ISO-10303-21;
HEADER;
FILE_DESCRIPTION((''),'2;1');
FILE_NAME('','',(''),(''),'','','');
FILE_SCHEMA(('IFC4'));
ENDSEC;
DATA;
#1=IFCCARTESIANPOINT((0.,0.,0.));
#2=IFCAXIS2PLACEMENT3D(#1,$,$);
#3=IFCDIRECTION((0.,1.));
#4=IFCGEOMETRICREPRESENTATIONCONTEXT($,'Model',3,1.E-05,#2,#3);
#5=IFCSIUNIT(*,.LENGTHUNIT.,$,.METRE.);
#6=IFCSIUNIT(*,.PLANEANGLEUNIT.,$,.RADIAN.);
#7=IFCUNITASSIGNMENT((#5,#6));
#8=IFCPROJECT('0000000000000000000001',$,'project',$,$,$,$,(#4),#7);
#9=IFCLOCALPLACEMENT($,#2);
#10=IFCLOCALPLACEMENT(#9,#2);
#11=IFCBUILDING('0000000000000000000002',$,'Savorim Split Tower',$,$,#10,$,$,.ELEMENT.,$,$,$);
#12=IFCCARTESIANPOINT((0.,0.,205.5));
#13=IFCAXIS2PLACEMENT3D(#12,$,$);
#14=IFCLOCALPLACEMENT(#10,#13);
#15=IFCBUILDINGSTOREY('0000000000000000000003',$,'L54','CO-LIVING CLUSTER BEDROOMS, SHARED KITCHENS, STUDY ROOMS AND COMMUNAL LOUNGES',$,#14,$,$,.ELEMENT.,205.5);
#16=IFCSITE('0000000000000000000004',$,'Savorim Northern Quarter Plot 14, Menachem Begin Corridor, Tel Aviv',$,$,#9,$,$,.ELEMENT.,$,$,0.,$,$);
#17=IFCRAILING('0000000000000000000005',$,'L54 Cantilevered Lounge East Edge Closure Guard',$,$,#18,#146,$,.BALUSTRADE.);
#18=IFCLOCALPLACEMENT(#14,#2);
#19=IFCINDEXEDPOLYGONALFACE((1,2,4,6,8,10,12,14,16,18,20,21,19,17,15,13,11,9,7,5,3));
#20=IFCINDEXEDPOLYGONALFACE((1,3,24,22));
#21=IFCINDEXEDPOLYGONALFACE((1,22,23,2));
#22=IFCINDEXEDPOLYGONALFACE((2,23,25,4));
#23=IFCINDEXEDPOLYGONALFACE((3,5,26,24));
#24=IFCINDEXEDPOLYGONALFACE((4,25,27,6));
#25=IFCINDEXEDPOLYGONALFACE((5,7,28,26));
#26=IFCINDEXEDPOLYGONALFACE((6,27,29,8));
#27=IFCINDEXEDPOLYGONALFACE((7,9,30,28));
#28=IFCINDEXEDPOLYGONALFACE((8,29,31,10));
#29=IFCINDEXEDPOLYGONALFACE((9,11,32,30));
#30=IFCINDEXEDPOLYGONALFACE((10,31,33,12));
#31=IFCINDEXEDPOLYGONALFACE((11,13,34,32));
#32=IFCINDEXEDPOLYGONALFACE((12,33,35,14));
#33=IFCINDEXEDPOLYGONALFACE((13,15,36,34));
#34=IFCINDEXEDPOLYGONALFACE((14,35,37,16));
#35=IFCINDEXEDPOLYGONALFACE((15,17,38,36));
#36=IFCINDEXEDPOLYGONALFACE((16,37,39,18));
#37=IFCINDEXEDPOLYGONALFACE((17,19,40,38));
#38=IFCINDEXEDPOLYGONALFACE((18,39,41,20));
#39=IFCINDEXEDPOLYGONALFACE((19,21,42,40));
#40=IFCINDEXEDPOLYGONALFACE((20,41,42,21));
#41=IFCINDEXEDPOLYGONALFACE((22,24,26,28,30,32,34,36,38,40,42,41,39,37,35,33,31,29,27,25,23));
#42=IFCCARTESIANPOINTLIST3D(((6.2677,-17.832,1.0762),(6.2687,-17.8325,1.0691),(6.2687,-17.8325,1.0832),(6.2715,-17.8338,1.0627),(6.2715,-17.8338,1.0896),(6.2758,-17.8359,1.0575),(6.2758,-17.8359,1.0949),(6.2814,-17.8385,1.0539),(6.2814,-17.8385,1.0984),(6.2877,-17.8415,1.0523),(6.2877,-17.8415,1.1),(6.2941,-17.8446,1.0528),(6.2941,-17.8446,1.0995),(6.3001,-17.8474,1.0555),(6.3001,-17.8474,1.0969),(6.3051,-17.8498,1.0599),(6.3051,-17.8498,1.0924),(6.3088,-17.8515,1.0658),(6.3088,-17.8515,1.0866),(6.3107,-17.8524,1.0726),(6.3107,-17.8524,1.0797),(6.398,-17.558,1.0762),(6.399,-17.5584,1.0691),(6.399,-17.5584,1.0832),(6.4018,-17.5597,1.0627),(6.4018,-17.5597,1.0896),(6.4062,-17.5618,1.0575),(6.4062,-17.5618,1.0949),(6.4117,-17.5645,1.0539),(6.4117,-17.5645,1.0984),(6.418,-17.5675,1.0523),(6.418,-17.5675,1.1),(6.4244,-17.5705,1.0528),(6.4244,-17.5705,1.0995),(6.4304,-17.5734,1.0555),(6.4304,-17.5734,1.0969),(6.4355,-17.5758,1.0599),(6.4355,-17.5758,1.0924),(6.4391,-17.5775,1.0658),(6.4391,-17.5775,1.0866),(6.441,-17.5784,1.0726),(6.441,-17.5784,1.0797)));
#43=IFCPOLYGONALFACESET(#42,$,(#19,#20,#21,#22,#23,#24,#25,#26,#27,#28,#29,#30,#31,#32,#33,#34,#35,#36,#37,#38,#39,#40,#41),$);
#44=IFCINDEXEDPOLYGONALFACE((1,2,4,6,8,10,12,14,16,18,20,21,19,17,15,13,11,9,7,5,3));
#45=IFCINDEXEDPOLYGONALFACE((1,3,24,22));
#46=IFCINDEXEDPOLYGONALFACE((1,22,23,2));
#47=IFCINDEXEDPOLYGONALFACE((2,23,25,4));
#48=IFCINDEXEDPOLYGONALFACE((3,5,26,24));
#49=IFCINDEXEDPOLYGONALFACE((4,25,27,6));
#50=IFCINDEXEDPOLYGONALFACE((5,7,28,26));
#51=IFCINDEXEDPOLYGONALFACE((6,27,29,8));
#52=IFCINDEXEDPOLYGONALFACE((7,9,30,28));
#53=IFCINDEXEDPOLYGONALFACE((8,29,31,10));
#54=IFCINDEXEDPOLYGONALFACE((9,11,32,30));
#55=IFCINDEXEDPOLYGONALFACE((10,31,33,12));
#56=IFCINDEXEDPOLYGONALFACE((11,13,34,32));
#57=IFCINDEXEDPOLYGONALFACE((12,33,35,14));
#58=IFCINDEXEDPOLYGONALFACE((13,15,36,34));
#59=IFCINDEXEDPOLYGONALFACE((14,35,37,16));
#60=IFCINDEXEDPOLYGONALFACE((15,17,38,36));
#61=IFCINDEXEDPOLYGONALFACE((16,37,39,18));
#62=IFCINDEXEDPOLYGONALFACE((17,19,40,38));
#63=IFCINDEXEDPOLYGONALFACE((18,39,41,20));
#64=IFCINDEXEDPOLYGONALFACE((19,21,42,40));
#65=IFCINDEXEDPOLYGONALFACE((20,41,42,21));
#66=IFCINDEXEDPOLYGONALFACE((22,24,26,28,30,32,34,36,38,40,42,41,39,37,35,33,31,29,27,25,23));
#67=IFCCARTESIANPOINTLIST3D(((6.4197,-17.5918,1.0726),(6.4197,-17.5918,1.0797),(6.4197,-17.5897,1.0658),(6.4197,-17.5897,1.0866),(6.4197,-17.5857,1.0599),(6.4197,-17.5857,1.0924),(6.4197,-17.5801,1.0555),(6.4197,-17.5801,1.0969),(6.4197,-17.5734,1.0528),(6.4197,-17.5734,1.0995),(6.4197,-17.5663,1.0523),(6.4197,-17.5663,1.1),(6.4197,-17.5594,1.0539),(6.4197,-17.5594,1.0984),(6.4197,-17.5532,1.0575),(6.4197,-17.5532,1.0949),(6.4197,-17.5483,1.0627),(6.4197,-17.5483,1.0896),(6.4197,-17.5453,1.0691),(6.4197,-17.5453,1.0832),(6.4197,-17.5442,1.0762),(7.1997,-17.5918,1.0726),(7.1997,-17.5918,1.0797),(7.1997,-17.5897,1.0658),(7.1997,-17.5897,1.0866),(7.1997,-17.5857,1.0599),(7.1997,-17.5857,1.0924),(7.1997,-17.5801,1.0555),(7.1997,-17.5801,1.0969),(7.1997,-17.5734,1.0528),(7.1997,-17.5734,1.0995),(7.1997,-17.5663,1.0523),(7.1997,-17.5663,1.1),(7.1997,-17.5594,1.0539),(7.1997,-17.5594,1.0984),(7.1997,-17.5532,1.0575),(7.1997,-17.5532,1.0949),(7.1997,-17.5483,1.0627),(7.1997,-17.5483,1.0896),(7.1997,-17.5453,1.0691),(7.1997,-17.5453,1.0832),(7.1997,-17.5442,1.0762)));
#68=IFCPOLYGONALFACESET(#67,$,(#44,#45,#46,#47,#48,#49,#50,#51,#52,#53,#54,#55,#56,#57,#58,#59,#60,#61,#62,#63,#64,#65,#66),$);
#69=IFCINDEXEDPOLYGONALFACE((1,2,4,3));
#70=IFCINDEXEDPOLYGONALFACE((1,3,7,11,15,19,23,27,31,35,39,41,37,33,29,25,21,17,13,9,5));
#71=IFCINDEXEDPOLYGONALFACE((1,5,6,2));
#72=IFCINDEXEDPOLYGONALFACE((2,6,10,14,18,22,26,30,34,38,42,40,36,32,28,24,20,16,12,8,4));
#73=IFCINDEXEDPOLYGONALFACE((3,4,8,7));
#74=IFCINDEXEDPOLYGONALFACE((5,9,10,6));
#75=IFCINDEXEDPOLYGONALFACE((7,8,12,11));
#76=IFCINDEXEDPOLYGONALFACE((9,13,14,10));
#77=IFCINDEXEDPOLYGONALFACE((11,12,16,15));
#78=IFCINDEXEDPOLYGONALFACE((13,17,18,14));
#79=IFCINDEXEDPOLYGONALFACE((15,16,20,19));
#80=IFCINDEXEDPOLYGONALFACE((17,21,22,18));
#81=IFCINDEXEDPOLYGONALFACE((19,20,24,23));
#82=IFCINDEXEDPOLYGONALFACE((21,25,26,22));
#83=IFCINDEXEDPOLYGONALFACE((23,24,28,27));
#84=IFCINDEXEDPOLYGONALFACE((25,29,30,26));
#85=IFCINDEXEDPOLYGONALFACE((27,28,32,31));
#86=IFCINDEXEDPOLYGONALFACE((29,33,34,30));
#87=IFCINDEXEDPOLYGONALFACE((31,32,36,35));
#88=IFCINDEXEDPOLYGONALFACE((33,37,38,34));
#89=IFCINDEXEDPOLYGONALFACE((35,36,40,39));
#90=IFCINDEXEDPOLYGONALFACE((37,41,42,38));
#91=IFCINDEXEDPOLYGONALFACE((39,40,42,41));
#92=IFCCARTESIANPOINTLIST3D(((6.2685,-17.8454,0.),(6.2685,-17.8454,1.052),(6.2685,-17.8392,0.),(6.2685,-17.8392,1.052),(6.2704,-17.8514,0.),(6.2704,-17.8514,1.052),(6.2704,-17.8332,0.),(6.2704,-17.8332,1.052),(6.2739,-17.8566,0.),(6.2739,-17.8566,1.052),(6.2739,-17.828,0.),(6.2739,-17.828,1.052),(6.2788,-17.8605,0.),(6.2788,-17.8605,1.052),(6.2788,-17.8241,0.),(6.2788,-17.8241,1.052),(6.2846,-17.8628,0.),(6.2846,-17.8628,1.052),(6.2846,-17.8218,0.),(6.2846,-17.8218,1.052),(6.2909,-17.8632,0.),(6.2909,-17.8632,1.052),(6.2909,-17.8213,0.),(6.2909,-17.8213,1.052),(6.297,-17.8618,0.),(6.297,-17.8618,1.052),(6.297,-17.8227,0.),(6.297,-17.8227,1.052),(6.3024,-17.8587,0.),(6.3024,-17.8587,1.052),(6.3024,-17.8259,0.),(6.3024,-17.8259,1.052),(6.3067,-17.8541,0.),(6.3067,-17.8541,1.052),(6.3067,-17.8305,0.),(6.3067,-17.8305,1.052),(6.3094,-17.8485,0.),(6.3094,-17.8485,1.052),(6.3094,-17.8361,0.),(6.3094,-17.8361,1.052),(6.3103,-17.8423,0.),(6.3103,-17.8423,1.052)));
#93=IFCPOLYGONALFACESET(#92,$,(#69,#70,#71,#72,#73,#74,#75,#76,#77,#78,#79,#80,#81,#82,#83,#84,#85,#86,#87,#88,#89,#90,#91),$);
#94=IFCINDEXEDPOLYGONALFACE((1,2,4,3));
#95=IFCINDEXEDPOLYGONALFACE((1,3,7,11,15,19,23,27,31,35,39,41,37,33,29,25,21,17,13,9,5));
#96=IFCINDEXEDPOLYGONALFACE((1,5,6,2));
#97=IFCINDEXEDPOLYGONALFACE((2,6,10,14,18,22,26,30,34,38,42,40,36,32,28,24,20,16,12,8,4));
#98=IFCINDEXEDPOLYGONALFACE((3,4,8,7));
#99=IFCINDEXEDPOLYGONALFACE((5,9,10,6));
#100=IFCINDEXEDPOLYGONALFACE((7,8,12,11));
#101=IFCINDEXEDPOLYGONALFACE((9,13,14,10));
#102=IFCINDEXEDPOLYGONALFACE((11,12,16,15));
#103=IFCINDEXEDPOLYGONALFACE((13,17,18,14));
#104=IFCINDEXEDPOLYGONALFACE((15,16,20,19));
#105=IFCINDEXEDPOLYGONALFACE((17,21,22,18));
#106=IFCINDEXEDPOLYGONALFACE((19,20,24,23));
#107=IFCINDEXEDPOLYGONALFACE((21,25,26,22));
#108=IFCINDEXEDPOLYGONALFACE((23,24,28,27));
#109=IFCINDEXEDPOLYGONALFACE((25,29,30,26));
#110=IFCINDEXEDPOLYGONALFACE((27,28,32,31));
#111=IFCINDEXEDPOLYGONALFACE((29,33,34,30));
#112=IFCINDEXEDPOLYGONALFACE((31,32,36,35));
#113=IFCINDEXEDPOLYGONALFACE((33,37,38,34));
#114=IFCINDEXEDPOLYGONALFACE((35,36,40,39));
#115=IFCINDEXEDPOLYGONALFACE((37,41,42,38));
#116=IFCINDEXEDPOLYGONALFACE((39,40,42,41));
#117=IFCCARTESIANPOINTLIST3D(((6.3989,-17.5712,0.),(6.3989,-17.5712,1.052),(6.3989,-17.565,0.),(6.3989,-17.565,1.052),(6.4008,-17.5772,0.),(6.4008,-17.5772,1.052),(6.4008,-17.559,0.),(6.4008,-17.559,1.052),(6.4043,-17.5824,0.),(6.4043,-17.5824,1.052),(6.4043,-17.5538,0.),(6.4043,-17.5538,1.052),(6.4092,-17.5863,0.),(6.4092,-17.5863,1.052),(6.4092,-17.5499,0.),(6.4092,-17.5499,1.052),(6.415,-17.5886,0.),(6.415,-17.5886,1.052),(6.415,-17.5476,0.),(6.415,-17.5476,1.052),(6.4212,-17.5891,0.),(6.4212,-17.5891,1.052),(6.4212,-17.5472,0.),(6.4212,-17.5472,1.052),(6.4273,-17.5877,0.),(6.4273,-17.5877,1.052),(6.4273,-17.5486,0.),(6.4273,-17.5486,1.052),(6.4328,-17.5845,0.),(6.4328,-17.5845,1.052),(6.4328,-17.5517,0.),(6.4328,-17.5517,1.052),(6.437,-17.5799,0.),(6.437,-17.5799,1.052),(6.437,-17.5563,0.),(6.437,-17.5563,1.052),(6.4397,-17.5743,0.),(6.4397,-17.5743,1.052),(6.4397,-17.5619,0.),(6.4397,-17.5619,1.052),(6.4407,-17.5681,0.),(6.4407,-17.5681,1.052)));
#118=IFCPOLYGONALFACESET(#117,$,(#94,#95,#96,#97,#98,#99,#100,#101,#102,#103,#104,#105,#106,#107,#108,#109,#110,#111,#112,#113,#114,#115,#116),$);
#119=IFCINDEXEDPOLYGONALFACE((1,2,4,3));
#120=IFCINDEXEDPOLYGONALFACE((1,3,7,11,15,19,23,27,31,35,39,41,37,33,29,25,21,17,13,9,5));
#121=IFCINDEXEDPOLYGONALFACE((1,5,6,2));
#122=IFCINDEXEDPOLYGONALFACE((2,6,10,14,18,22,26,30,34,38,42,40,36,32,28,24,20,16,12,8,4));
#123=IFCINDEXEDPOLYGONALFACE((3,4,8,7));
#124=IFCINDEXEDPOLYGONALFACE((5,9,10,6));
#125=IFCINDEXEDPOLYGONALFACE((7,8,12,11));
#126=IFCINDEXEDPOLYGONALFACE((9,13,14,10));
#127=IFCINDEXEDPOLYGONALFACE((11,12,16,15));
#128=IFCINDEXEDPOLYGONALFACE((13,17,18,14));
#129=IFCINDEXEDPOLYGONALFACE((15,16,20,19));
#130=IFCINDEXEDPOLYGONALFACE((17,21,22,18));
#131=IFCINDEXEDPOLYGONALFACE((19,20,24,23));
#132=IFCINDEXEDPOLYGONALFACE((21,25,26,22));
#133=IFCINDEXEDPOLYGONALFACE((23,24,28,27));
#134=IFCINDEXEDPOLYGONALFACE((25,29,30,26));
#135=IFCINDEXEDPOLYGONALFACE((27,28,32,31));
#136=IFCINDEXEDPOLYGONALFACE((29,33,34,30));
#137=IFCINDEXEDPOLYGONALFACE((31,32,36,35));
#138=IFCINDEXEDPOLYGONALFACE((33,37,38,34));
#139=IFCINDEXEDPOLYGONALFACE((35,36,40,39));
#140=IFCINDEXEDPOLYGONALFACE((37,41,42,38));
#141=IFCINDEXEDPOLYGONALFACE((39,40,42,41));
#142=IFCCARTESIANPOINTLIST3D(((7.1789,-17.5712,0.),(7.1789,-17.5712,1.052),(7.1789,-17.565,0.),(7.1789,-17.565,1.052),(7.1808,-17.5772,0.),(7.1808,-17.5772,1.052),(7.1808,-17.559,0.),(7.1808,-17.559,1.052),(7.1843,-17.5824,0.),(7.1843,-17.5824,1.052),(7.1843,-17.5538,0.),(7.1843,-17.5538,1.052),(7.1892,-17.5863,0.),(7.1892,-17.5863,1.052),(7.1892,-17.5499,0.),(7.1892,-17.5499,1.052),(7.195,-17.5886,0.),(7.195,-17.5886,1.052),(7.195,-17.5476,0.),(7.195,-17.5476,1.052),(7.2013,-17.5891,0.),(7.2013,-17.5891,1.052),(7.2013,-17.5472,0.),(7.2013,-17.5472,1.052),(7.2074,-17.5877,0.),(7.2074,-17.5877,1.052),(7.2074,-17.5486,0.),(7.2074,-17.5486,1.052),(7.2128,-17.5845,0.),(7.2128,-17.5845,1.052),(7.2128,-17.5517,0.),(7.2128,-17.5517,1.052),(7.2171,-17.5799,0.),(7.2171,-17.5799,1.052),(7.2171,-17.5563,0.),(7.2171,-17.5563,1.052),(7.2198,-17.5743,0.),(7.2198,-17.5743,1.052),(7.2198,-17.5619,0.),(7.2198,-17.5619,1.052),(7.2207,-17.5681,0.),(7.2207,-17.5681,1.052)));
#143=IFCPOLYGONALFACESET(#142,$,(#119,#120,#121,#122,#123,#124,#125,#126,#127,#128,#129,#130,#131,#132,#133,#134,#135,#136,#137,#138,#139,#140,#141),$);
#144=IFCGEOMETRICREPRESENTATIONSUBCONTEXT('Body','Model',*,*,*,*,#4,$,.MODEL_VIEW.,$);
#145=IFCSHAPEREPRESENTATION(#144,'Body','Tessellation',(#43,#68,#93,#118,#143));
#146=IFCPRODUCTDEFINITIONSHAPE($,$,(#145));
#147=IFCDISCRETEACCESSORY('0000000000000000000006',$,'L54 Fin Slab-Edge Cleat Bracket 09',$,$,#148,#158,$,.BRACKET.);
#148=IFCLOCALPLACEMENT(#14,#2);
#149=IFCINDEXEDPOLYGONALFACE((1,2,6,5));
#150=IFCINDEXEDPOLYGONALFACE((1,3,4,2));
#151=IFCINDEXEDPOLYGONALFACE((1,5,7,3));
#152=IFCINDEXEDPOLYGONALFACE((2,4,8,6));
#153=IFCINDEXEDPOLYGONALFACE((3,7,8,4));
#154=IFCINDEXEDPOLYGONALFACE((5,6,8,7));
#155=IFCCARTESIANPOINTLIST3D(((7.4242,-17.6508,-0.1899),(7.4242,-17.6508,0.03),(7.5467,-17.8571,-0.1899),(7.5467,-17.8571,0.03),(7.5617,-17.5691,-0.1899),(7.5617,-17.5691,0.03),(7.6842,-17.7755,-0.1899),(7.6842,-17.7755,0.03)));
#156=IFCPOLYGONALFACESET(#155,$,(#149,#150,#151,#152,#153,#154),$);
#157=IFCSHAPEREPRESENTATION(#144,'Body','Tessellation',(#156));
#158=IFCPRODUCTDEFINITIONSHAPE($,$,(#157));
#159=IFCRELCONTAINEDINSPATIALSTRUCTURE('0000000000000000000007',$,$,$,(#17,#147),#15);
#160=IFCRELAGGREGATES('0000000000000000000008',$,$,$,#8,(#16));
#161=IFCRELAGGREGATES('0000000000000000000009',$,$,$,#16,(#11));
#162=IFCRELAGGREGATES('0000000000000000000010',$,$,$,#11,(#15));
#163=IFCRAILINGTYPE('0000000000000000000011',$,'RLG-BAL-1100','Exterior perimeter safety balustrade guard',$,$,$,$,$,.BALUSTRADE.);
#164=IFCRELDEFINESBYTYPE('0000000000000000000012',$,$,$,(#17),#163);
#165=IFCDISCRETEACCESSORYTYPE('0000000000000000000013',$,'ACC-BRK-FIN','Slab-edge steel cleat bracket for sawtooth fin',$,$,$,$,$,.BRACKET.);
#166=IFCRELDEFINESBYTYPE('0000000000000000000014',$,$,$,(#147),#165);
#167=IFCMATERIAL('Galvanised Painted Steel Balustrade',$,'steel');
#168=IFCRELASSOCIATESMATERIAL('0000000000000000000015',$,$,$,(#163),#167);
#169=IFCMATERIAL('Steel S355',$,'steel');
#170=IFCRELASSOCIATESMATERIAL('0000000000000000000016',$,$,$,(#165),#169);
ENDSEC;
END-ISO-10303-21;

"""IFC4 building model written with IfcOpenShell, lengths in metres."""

from ifc_helpers import new_model, si_unit, direction, frame, origin, origin_2d, place, context, subcontext, project, spatial, rectangle, circle, extrude, material, type_object, element, save


model = new_model("IFC4")

# Units and contexts
model_context = context("Model", 3, precision=1e-05, world=origin(), true_north=direction((0.0, 1.0)))
body_context = subcontext(model_context, "Body", "Model", "MODEL_VIEW")
ifc_project = project(units=[si_unit("LENGTHUNIT", "METRE"), si_unit("PLANEANGLEUNIT", "RADIAN")], contexts=[model_context])

# Site, building, storey
site_placement = place(None, origin())
site = spatial("IfcSite", under=ifc_project, at=site_placement, Name="Savorim Northern Quarter Plot 14, Menachem Begin Corridor, Tel Aviv", CompositionType="ELEMENT", RefElevation=0.0)
building_placement = place(site_placement, origin())
building = spatial("IfcBuilding", under=site, at=building_placement, Name="Savorim Split Tower", CompositionType="ELEMENT")
storey_placement = place(building_placement, frame((0.0, 0.0, 205.5)))
storey = spatial("IfcBuildingStorey", under=building, at=storey_placement, Name="L54", Description="CO-LIVING CLUSTER BEDROOMS, SHARED KITCHENS, STUDY ROOMS AND COMMUNAL LOUNGES", CompositionType="ELEMENT", Elevation=205.5)

# Shared definitions
ifc_material_1 = material(Name="Steel S355", Category="steel")

# Railing
ifc_material_2 = material(Name="Galvanised Painted Steel Balustrade", Category="steel")
railing_type = type_object("IfcRailingType", Name="RLG-BAL-1100", Description="Exterior perimeter safety balustrade guard", PredefinedType="BALUSTRADE", material=ifc_material_2)
railing_placement = place(storey_placement, frame((6.2893, -17.8423, 0.0)))
element("IfcRailing", 1, at=railing_placement, inside=storey, type_object=railing_type, Name="L54 Cantilevered Lounge East Edge Closure Guard", PredefinedType="BALUSTRADE", context=body_context, shape_type="SweptSolid", body=[
    extrude(circle(Radius=0.0239, at=origin_2d()), frame((0.0, 0.0, 1.0762), z_axis=(0.429434, 0.903098, 0.0), x_axis=(-0.903098, 0.429434, 0.0)), (0.0, 0.0, 1.0), 0.3035),
    extrude(circle(Radius=0.0239, at=origin_2d()), frame((0.1304, 0.2742, 1.0762), z_axis=(1.0, 0.0, 0.0), x_axis=(0.0, 1.0, 0.0)), (0.0, 0.0, 1.0), 0.78),
    extrude(circle(Radius=0.021, at=origin_2d()), origin(), (0.0, 0.0, 1.0), 1.052),
    extrude(circle(Radius=0.021, at=origin_2d()), frame((0.1304, 0.2742, 0.0)), (0.0, 0.0, 1.0), 1.052),
    extrude(circle(Radius=0.021, at=origin_2d()), frame((0.9104, 0.2742, 0.0)), (0.0, 0.0, 1.0), 1.052),
])

# Discrete accessory
discrete_accessory_type = type_object("IfcDiscreteAccessoryType", Name="ACC-BRK-FIN", Description="Slab-edge steel cleat bracket for sawtooth fin", PredefinedType="BRACKET", material=ifc_material_1)
discrete_accessory_placement = place(storey_placement, frame((7.5542, -17.7131, -0.1899), z_axis=(0.0, 0.0, 1.0), x_axis=(0.510391, -0.859942, 0.0)))
element("IfcDiscreteAccessory", 2, at=discrete_accessory_placement, inside=storey, type_object=discrete_accessory_type, Name="L54 Fin Slab-Edge Cleat Bracket 09", PredefinedType="BRACKET", context=body_context, shape_type="SweptSolid", body=[
    extrude(rectangle(XDim=0.24, YDim=0.1599, at=origin_2d()), origin(), (0.0, 0.0, 1.0), 0.22),
])

save(model, "model.ifc")
